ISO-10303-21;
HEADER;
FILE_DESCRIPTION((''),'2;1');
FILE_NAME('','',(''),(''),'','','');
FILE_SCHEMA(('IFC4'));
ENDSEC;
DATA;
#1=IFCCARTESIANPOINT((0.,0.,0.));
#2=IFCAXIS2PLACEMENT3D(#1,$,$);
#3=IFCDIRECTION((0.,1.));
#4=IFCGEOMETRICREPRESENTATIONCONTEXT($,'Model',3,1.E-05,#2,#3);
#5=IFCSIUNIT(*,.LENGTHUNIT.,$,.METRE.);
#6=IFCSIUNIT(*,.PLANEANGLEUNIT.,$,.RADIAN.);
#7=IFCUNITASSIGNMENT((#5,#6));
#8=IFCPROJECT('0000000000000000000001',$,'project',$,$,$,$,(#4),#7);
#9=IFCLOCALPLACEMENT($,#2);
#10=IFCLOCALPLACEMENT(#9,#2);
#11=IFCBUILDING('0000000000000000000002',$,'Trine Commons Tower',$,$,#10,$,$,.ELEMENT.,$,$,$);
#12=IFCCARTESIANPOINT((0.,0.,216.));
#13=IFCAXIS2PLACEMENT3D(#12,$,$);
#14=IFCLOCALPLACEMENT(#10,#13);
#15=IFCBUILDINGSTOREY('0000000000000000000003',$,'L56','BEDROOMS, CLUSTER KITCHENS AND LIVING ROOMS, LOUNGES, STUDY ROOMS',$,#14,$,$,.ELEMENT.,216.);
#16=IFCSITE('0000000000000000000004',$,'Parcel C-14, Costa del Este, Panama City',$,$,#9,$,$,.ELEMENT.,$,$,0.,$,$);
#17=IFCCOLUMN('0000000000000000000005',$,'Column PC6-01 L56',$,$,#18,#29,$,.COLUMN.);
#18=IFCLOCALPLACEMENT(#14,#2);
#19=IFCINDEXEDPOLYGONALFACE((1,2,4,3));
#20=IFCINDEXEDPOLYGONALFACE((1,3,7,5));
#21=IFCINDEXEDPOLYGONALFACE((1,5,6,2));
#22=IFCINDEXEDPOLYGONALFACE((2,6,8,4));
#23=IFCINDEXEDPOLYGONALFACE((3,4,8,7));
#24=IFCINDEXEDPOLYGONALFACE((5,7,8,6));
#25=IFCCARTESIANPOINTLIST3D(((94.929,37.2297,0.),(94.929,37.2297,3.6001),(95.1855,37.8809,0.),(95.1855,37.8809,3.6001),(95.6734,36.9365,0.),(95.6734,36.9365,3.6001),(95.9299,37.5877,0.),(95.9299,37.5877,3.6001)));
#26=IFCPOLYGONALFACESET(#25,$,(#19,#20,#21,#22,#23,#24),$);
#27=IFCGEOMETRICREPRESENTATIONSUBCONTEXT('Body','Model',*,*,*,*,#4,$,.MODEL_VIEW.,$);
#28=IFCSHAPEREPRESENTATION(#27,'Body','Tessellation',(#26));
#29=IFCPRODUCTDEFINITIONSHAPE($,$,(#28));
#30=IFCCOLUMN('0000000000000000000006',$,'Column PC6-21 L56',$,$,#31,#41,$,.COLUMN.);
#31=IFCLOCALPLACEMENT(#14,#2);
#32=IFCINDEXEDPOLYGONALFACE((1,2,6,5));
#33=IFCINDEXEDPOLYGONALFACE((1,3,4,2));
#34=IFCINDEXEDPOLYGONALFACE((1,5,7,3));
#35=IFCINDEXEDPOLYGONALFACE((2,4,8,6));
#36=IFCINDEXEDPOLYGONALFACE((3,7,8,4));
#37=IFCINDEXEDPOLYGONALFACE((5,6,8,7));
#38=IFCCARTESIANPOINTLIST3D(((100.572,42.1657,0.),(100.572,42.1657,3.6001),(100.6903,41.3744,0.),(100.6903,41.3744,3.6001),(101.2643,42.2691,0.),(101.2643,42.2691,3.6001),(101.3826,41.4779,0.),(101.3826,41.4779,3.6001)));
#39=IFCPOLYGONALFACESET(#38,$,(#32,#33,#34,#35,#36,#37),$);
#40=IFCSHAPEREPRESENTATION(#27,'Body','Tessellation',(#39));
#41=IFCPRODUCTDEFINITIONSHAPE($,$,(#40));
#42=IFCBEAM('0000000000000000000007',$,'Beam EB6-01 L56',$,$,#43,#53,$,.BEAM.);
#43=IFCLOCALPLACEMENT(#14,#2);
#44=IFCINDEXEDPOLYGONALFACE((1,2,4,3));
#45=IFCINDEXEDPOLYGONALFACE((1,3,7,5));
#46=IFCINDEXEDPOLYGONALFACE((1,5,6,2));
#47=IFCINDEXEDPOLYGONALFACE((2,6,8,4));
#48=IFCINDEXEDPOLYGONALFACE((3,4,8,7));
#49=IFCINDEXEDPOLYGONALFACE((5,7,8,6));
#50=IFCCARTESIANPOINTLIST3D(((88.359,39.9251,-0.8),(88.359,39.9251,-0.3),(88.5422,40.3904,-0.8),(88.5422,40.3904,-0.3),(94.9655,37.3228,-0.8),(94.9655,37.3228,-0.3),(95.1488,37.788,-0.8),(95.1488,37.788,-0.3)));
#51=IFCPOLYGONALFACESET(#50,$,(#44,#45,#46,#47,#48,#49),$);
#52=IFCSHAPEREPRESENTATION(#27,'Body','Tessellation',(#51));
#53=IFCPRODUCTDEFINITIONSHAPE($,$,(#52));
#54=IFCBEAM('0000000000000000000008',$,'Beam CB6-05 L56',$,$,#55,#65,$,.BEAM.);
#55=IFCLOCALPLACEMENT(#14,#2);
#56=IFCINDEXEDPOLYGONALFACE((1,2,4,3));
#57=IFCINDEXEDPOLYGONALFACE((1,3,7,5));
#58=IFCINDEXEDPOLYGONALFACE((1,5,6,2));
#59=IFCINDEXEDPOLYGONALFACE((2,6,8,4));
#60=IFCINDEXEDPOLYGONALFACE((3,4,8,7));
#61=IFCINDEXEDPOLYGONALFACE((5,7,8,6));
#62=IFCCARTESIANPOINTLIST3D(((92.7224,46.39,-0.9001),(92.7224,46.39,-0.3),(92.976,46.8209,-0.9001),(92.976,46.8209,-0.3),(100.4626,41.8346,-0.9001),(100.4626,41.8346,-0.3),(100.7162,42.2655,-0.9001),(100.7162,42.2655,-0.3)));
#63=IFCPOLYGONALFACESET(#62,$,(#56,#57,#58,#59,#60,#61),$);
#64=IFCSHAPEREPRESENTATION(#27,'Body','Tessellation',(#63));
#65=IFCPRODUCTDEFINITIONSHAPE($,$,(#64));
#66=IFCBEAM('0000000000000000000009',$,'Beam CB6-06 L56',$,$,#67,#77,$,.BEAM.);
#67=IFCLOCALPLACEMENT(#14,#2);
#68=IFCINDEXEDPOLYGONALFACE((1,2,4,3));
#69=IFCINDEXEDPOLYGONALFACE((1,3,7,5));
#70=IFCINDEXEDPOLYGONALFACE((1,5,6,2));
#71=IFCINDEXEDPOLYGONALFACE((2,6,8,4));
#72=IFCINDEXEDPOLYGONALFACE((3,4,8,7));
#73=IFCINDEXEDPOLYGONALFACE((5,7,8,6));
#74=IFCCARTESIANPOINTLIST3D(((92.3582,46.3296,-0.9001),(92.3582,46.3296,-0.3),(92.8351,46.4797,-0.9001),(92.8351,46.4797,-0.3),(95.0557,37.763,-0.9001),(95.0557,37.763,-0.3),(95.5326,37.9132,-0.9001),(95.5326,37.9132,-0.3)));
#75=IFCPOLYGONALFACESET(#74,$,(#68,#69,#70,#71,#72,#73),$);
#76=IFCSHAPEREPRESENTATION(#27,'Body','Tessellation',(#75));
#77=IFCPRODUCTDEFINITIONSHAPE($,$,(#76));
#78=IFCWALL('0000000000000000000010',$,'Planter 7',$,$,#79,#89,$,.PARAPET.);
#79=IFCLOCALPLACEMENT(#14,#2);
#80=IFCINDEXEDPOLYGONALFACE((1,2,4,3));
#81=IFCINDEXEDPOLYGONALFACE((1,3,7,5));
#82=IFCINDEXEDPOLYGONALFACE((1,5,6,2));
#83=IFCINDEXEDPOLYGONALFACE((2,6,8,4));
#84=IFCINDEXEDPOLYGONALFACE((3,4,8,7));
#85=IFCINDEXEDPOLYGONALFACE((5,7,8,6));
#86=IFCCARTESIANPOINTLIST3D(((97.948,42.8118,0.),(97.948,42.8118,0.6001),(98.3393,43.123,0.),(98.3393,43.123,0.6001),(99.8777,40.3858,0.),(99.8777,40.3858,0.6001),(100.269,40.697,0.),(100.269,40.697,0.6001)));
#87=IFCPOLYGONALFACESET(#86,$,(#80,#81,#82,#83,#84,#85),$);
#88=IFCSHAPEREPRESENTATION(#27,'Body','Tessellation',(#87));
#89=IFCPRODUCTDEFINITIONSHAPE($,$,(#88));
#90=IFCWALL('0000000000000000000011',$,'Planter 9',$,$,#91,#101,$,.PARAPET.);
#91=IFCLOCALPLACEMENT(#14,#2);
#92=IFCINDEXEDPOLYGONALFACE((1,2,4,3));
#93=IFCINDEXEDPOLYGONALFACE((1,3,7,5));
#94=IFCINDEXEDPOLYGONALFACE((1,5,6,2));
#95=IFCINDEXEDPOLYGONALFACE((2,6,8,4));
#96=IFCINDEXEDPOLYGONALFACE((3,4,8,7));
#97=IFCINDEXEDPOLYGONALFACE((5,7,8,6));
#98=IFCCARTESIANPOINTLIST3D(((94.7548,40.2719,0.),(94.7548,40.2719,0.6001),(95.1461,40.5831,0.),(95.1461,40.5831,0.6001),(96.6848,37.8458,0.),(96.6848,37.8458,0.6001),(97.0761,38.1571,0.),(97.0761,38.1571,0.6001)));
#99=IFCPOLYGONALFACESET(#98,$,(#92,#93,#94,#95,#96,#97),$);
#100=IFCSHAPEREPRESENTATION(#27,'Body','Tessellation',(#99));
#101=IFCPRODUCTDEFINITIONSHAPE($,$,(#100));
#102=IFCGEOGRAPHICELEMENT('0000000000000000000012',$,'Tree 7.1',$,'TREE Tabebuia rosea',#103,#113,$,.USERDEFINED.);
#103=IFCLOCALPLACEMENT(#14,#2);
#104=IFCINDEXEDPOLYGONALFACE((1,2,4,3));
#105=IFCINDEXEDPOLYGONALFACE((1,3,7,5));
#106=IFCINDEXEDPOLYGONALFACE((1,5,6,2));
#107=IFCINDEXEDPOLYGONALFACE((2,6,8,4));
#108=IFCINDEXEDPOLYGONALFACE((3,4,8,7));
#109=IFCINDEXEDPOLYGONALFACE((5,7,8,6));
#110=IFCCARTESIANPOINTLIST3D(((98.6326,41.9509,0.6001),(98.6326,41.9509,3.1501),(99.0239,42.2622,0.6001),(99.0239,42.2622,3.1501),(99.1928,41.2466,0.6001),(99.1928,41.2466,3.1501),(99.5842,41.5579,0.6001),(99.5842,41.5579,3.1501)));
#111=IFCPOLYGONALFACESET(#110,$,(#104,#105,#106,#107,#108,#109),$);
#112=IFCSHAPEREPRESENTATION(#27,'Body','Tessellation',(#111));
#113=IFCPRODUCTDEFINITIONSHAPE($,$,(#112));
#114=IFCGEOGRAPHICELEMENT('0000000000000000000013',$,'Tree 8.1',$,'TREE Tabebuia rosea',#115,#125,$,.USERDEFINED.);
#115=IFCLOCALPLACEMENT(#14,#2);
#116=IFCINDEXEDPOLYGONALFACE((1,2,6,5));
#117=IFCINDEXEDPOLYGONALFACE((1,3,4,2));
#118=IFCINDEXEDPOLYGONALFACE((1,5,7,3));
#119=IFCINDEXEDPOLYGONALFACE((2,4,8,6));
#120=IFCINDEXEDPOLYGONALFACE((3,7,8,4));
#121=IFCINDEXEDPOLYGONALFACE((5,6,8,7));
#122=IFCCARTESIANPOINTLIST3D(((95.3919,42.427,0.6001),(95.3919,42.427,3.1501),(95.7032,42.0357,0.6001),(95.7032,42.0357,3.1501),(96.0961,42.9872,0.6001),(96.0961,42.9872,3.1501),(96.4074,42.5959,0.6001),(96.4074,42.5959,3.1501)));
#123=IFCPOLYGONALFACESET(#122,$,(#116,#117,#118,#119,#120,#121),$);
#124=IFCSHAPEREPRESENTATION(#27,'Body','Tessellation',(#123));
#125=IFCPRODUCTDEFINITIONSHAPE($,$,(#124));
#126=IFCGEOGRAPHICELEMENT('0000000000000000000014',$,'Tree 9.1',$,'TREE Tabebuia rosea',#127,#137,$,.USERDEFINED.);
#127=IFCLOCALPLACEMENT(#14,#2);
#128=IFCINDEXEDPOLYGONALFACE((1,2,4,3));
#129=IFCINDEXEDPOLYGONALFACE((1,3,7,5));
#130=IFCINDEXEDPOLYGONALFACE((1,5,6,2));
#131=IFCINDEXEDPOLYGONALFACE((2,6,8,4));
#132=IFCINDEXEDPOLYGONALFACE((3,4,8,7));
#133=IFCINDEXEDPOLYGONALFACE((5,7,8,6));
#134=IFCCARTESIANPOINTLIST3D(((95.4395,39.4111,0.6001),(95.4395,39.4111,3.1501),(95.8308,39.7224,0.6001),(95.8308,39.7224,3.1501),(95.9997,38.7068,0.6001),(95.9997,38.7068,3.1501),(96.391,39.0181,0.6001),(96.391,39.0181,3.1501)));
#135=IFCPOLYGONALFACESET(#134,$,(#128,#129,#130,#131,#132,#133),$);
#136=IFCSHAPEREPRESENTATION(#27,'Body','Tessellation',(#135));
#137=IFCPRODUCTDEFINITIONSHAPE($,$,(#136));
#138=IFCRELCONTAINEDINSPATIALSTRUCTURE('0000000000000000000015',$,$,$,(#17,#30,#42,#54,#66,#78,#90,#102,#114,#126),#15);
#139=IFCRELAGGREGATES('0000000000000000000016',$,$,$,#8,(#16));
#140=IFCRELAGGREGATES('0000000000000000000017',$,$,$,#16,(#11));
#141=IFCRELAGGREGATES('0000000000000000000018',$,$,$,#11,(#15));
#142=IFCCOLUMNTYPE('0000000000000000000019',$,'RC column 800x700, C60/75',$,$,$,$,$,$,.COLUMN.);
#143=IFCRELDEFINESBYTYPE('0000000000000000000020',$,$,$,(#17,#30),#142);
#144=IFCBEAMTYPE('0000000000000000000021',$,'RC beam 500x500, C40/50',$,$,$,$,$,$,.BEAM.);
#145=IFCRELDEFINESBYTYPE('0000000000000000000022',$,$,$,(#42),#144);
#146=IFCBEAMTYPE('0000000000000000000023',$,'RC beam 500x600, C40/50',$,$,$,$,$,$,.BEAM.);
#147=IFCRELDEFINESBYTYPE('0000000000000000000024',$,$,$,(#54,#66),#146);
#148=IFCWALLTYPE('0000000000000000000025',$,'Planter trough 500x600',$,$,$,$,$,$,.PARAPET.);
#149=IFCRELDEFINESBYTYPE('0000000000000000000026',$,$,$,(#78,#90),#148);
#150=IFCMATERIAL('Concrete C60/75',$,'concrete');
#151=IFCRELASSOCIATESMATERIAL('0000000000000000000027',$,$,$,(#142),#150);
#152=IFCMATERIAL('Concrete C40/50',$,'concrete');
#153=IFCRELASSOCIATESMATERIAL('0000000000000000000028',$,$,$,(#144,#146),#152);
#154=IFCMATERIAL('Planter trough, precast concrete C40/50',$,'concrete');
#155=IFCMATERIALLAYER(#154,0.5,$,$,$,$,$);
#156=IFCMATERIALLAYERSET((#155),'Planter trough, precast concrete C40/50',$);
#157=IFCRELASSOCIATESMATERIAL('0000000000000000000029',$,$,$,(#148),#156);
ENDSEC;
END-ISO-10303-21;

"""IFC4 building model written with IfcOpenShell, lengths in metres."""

from ifc_helpers import new_model, si_unit, direction, frame, frame_2d, origin, origin_2d, place, context, subcontext, project, spatial, rectangle, extrude, material, layer, layer_set, material_profile, profile_set, type_object, element, save


model = new_model("IFC4")

# Units and contexts
model_context = context("Model", 3, precision=1e-05, world=origin(), true_north=direction((0.0, 1.0)))
body_context = subcontext(model_context, "Body", "Model", "MODEL_VIEW")
ifc_project = project(units=[si_unit("LENGTHUNIT", "METRE"), si_unit("PLANEANGLEUNIT", "RADIAN")], contexts=[model_context])

# Site, building, storey
site_placement = place(None, origin())
site = spatial("IfcSite", under=ifc_project, at=site_placement, Name="Parcel C-14, Costa del Este, Panama City", CompositionType="ELEMENT", RefElevation=0.0)
building_placement = place(site_placement, origin())
building = spatial("IfcBuilding", under=site, at=building_placement, Name="Trine Commons Tower", CompositionType="ELEMENT")
storey_placement = place(building_placement, frame((0.0, 0.0, 216.0)))
storey = spatial("IfcBuildingStorey", under=building, at=storey_placement, Name="L56", Description="BEDROOMS, CLUSTER KITCHENS AND LIVING ROOMS, LOUNGES, STUDY ROOMS", CompositionType="ELEMENT", Elevation=216.0)

# Columns
ifc_material_1 = material(Name="Concrete C60/75", Category="concrete")
ifc_material_profile_1 = material_profile(ifc_material_1, rectangle(XDim=0.8, YDim=0.7, at=origin_2d()), Name="RC 800x700")
ifc_profile_set_1 = profile_set([ifc_material_profile_1], Name="Concrete C60/75")
column_type = type_object("IfcColumnType", Name="RC column 800x700, C60/75", PredefinedType="COLUMN", material=ifc_profile_set_1)
for number, where, z_axis, x_axis, name in (
    (1, (95.4294, 37.4087, 0.0), (0.0, 0.0, 1.0), (-0.930418, 0.366501, 0.0), "Column PC6-01 L56"),
    (2, (100.9773, 41.8218, 0.0), (0.0, 0.0, 1.0), (-0.147809, 0.989016, 0.0), "Column PC6-21 L56"),
):
    element("IfcColumn", number, at=place(storey_placement, frame(where, z_axis=z_axis, x_axis=x_axis)), inside=storey, type_object=column_type, Name=name, PredefinedType="COLUMN", context=body_context, shape_type="SweptSolid", body=[
        extrude(rectangle(XDim=0.8, YDim=0.7, at=origin_2d()), origin(), (0.0, 0.0, 1.0), 3.6001),
    ])

# Beams
ifc_material_2 = material(Name="Concrete C40/50", Category="concrete")
ifc_material_profile_2 = material_profile(ifc_material_2, rectangle(XDim=0.5, YDim=0.5, at=origin_2d()), Name="RC 500x500")
ifc_profile_set_2 = profile_set([ifc_material_profile_2], Name="Concrete C40/50")
beam_type_1 = type_object("IfcBeamType", Name="RC beam 500x500, C40/50", PredefinedType="BEAM", material=ifc_profile_set_2)
beam_placement = place(storey_placement, frame((95.0571, 37.5554, -0.55), z_axis=(-0.93042, 0.366495, 0.0), x_axis=(-0.366495, -0.93042, 0.0)))
element("IfcBeam", 3, at=beam_placement, inside=storey, type_object=beam_type_1, Name="Beam EB6-01 L56", PredefinedType="BEAM", context=body_context, shape_type="SweptSolid", body=[
    extrude(rectangle(XDim=0.5, YDim=0.5, at=origin_2d()), origin(), (0.0, 0.0, 1.0), 7.1006),
])
ifc_material_profile_3 = material_profile(ifc_material_2, rectangle(XDim=0.5, YDim=0.6001, at=origin_2d()), Name="RC 500x600")
ifc_profile_set_3 = profile_set([ifc_material_profile_3], Name="Concrete C40/50")
beam_type_2 = type_object("IfcBeamType", Name="RC beam 500x600, C40/50", PredefinedType="BEAM", material=ifc_profile_set_3)
for number, where, z_axis, x_axis, name in (
    (4, (100.5894, 42.05, -0.6001), (-0.86182, 0.507214, 0.0), (-0.507214, -0.86182, 0.0), "Beam CB6-05 L56"),
    (5, (95.2942, 37.8381, -0.6001), (-0.300355, 0.953828, 0.0), (-0.953828, -0.300355, 0.0), "Beam CB6-06 L56"),
):
    element("IfcBeam", number, at=place(storey_placement, frame(where, z_axis=z_axis, x_axis=x_axis)), inside=storey, type_object=beam_type_2, Name=name, PredefinedType="BEAM", context=body_context, shape_type="SweptSolid", body=[
        extrude(rectangle(XDim=0.5, YDim=0.6001, at=origin_2d()), origin(), (0.0, 0.0, 1.0), 8.9812),
    ])

# Walls
ifc_material_3 = material(Name="Planter trough, precast concrete C40/50", Category="concrete")
ifc_layer_1 = layer(ifc_material_3, 0.5)
ifc_layer_set_1 = layer_set([ifc_layer_1], Name="Planter trough, precast concrete C40/50")
wall_type_1 = type_object("IfcWallType", Name="Planter trough 500x600", PredefinedType="PARAPET", material=ifc_layer_set_1)
wall_1_placement = place(storey_placement, frame((100.0732, 40.5415, 0.0), z_axis=(0.0, 0.0, 1.0), x_axis=(-0.622503, 0.782618, 0.0)))
element("IfcWall", 6, at=wall_1_placement, inside=storey, type_object=wall_type_1, Name="Planter 7", PredefinedType="PARAPET", context=body_context, shape_type="SweptSolid", body=[
    extrude(rectangle(XDim=3.0999, YDim=0.5, at=frame_2d((1.5498, 0.0))), origin(), (0.0, 0.0, 1.0), 0.6001),
])
wall_2_placement = place(storey_placement, frame((94.9504, 40.4275, 0.0), z_axis=(0.0, 0.0, 1.0), x_axis=(0.622551, -0.782579, 0.0)))
element("IfcWall", 7, at=wall_2_placement, inside=storey, type_object=wall_type_1, Name="Planter 9", PredefinedType="PARAPET", context=body_context, shape_type="SweptSolid", body=[
    extrude(rectangle(XDim=3.1001, YDim=0.5, at=frame_2d((1.55, 0.0))), origin(), (0.0, 0.0, 1.0), 0.6001),
])

# Geographic elements
for number, where, z_axis, x_axis, name in (
    (8, (99.1084, 41.7544, 0.6001), (0.0, 0.0, 1.0), (-0.622516, 0.782607, 0.0), "Tree 7.1"),
    (9, (95.8997, 42.5115, 0.6001), (0.0, 0.0, 1.0), (-0.782586, -0.622542, 0.0), "Tree 8.1"),
    (10, (95.9153, 39.2146, 0.6001), (0.0, 0.0, 1.0), (0.622516, -0.782607, 0.0), "Tree 9.1"),
):
    element("IfcGeographicElement", number, at=place(storey_placement, frame(where, z_axis=z_axis, x_axis=x_axis)), inside=storey, Name=name, ObjectType="TREE Tabebuia rosea", PredefinedType="USERDEFINED", context=body_context, shape_type="SweptSolid", body=[
        extrude(rectangle(XDim=0.8999, YDim=0.5, at=origin_2d()), origin(), (0.0, 0.0, 1.0), 2.55),
    ])

save(model, "model.ifc")
